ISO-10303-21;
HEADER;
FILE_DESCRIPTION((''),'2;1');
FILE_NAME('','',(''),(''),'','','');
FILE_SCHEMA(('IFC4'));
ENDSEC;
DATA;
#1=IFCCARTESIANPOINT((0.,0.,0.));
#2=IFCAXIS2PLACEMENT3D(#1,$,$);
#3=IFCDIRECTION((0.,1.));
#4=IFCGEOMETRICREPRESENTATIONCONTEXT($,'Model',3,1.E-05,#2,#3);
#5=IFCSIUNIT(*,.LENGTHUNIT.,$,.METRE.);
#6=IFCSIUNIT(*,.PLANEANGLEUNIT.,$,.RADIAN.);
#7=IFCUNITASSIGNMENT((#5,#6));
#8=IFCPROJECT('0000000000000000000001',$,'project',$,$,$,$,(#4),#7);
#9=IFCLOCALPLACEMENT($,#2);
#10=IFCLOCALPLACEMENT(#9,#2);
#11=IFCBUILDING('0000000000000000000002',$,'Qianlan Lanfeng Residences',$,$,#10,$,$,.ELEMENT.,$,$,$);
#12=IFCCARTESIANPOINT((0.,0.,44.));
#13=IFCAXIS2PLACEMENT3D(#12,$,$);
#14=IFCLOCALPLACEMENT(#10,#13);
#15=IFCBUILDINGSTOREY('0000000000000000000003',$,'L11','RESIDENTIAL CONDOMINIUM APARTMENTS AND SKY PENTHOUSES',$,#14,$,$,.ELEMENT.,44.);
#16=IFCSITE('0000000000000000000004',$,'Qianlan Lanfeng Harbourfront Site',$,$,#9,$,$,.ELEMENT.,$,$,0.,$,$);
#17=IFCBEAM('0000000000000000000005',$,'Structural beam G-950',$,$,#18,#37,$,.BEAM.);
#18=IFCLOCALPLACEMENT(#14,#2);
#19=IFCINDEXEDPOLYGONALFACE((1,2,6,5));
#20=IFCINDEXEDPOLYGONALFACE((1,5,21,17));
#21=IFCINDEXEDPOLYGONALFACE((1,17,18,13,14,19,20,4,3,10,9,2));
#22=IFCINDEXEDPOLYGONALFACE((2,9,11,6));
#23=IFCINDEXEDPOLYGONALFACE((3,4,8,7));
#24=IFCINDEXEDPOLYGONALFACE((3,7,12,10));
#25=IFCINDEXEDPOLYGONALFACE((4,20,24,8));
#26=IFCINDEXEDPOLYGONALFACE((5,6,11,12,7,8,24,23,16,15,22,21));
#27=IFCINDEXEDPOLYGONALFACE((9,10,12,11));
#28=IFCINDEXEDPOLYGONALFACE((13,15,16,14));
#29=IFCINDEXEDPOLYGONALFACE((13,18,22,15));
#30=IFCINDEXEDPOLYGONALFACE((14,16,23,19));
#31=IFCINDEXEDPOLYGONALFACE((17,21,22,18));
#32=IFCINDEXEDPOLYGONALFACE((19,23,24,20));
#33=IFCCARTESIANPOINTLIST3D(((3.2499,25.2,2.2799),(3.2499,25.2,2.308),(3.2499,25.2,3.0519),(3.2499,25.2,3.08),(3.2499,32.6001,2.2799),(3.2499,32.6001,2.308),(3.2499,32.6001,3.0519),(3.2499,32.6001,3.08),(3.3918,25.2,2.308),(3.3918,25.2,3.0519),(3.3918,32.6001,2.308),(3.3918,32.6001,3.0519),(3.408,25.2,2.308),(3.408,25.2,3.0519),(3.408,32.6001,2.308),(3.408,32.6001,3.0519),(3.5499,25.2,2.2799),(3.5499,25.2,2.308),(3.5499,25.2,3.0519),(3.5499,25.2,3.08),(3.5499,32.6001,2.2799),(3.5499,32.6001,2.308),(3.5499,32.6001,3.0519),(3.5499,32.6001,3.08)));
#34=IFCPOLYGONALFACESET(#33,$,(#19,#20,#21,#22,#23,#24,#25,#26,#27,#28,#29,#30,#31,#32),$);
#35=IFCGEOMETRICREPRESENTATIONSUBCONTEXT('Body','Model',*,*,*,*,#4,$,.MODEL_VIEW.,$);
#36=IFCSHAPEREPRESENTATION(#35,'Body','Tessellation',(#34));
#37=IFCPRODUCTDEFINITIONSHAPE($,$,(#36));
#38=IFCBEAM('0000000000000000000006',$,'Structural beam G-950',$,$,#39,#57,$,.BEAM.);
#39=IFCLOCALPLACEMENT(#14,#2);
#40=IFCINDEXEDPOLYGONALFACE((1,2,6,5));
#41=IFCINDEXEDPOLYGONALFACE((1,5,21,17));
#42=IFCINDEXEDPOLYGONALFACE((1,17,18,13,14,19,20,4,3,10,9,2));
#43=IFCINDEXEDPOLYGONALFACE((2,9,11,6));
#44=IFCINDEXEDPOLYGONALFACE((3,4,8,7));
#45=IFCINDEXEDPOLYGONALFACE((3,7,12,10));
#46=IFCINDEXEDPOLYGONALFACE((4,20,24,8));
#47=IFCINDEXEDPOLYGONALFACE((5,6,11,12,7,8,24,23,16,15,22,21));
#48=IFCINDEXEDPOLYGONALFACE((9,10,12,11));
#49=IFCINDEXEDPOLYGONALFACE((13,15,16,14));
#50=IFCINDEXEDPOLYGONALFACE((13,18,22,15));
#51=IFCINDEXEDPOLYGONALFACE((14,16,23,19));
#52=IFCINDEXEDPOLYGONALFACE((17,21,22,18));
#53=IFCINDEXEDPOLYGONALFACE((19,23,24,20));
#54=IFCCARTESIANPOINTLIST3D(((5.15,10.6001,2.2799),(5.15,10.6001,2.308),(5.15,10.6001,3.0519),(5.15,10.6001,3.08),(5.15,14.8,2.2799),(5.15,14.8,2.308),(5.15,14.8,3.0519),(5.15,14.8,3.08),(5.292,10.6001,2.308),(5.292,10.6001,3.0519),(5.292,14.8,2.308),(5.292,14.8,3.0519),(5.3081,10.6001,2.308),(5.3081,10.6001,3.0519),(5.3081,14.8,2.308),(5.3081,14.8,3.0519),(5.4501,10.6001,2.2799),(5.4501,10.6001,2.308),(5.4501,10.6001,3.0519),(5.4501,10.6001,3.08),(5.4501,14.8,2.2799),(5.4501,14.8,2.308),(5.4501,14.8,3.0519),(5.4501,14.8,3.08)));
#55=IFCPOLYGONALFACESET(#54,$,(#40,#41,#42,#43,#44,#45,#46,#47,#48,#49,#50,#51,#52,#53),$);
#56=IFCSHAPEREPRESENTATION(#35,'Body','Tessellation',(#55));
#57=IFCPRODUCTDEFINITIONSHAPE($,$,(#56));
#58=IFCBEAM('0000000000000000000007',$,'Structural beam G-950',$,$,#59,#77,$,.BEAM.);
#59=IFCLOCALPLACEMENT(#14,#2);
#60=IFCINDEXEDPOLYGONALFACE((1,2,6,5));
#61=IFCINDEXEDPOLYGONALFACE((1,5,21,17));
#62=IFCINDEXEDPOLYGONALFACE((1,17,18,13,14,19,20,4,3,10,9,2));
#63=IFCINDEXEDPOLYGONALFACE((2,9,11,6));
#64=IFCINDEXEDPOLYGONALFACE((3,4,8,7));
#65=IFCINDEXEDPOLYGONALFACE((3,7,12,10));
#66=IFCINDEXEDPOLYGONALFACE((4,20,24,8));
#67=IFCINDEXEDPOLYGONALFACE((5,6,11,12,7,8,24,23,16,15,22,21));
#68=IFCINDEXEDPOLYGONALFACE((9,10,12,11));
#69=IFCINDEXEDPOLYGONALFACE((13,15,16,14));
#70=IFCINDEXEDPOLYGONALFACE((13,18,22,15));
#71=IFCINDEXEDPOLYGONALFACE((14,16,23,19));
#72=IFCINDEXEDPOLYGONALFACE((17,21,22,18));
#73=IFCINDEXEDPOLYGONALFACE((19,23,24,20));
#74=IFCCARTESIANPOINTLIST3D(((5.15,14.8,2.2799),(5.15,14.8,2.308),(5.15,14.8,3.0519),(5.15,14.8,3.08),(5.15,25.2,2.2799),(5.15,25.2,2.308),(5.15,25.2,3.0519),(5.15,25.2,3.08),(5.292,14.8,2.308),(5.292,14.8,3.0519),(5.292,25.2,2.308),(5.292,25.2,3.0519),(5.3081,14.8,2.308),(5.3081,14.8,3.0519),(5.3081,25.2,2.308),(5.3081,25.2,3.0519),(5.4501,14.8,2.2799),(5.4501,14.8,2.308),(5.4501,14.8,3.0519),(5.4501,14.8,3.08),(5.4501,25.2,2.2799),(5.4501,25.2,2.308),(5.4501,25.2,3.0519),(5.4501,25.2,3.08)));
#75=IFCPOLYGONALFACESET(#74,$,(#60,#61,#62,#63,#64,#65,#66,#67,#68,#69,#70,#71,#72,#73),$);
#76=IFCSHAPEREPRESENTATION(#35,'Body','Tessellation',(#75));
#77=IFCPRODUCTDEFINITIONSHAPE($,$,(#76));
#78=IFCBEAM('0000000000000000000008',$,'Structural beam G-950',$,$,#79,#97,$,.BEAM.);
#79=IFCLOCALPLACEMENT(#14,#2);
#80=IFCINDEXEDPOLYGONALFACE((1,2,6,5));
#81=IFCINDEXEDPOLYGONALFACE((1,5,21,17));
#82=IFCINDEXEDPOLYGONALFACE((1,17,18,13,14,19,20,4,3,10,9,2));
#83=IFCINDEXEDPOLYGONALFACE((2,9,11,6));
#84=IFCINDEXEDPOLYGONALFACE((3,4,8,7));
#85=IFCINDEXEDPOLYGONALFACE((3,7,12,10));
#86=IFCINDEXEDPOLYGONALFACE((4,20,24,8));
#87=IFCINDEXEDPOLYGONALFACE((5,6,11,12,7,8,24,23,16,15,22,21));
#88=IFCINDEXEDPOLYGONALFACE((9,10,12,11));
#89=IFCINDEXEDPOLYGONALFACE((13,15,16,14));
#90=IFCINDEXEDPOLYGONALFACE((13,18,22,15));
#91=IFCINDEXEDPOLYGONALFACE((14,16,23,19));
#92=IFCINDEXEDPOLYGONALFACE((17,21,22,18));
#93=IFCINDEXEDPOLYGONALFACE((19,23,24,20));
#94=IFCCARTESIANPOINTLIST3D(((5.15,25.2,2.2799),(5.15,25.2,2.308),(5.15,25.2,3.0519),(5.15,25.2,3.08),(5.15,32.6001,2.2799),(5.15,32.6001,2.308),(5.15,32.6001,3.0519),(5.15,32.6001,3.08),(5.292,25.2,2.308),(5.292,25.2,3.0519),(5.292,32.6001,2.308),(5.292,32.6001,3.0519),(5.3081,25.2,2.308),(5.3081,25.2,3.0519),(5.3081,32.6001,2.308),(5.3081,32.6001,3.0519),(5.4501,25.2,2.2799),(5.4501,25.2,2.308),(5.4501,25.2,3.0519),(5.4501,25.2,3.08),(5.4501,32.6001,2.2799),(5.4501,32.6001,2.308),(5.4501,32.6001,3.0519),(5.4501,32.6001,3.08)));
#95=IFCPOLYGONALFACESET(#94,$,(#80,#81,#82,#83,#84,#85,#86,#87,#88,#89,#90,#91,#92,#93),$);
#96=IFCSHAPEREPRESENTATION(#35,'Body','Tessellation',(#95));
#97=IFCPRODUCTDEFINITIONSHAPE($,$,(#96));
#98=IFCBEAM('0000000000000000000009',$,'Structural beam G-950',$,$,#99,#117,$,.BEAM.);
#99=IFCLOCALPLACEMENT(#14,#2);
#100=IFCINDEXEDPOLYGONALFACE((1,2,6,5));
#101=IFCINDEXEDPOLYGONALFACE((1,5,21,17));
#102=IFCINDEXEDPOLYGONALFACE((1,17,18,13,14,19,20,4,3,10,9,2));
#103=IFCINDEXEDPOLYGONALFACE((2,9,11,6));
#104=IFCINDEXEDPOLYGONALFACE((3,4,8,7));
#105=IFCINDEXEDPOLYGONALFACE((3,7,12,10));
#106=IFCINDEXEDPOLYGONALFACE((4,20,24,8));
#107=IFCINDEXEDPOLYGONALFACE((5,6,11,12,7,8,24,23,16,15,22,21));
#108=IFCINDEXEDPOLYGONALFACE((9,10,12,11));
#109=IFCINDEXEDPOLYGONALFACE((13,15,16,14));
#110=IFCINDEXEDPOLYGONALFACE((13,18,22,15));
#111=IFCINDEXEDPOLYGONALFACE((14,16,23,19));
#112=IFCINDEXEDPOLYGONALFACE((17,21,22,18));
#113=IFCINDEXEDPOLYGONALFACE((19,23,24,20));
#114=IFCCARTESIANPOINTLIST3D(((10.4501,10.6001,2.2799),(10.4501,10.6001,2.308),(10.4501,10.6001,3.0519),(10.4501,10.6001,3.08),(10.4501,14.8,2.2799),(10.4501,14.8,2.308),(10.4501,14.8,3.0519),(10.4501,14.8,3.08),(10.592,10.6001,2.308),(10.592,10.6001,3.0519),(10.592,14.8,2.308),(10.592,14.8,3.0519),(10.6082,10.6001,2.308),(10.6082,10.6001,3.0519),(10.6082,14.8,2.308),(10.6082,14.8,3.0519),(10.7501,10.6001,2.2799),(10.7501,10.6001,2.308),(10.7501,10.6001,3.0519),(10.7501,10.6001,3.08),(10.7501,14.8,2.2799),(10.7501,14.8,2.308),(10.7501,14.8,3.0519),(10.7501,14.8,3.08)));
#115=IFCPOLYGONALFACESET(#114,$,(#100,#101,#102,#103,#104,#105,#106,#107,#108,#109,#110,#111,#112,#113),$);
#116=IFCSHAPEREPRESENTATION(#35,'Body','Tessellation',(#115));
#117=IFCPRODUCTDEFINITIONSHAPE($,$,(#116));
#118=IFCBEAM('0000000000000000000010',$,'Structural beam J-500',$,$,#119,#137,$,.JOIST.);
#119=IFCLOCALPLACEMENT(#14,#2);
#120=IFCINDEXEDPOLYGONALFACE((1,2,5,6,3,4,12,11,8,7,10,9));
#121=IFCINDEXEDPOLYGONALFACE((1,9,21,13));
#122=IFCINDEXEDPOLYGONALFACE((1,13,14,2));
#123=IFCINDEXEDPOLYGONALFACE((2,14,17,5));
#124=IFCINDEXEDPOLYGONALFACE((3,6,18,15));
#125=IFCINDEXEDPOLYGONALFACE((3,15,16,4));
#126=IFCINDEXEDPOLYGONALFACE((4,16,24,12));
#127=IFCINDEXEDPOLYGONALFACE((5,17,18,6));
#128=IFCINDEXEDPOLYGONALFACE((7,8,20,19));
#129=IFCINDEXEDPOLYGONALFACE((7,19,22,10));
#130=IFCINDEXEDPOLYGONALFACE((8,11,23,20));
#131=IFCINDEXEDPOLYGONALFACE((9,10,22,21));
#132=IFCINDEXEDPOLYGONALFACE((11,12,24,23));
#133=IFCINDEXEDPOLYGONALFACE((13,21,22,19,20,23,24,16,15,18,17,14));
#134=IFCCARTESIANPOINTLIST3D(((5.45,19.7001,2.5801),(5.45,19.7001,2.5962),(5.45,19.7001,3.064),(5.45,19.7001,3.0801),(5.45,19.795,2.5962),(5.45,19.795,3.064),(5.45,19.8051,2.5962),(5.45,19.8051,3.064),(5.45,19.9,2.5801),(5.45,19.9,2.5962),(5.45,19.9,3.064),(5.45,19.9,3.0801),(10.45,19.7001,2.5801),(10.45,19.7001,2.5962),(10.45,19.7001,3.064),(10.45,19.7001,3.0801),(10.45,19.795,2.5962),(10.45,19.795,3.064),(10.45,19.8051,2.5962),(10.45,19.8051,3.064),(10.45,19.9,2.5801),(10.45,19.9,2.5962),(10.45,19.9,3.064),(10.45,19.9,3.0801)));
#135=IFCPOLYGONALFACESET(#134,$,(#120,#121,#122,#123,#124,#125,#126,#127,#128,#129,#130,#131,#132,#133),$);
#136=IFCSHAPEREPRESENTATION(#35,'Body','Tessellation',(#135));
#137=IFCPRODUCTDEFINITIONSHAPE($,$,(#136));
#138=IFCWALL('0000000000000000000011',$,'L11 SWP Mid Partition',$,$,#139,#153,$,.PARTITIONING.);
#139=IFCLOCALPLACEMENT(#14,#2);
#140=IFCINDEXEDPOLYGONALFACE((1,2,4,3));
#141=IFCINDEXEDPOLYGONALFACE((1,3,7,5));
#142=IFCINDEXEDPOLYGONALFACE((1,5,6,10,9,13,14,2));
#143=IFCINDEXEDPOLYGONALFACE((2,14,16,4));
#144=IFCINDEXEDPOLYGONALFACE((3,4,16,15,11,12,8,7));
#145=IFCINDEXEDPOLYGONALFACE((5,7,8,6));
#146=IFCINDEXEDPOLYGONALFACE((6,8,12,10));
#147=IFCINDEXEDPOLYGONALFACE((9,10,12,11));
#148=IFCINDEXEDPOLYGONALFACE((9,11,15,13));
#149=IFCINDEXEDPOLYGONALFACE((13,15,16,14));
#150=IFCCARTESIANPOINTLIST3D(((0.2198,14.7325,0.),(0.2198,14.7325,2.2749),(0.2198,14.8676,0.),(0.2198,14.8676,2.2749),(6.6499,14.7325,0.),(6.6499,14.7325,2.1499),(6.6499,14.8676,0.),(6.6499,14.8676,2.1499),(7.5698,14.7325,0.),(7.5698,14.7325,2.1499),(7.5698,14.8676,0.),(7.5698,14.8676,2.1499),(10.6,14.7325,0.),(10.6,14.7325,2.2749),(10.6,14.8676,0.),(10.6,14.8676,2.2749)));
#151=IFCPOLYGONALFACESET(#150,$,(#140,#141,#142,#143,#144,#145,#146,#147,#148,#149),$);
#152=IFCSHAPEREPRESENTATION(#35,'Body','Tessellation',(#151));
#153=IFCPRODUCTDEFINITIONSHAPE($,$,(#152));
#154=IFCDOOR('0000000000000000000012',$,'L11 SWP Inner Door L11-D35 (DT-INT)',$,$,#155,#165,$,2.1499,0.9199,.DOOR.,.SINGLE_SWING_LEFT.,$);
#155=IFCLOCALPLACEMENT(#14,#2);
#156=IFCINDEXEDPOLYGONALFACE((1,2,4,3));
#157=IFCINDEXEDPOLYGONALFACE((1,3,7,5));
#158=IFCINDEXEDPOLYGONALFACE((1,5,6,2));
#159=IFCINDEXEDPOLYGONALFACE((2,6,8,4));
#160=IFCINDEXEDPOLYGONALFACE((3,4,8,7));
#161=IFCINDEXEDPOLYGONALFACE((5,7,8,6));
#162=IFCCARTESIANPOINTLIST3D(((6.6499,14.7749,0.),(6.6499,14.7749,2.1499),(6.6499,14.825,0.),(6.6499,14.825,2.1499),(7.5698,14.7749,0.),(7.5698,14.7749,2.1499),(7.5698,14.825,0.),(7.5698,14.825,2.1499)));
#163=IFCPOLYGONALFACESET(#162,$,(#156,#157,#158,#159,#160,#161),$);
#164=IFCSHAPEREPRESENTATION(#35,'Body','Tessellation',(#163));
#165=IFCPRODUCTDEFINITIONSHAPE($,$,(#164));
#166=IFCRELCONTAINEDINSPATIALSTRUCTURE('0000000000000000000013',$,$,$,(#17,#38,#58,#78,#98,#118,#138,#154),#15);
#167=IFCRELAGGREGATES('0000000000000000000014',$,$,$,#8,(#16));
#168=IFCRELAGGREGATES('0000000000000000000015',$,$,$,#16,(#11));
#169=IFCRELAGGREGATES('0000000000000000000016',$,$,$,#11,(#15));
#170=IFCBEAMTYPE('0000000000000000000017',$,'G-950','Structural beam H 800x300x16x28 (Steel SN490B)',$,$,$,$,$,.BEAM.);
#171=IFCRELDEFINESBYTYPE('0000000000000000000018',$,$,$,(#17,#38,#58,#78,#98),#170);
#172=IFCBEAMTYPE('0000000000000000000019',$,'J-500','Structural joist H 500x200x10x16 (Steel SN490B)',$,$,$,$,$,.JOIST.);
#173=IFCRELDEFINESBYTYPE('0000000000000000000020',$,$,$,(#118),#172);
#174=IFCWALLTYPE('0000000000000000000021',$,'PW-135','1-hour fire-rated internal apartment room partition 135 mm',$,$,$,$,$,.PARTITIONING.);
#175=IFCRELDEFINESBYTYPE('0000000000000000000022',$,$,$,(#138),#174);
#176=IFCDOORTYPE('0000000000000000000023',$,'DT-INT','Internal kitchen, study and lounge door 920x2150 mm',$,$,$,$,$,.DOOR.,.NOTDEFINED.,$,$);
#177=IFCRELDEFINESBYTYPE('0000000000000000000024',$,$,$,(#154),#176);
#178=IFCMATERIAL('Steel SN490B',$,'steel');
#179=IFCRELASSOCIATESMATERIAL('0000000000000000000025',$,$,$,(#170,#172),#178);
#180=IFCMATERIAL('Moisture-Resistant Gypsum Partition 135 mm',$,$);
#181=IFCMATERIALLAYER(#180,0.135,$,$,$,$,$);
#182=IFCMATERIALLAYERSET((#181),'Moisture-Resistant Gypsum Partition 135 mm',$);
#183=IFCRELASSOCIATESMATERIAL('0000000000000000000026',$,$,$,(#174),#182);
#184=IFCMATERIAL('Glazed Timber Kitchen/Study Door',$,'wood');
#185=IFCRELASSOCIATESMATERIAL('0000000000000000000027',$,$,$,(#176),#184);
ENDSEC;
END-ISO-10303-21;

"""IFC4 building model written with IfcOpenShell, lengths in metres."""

from ifc_helpers import new_model, si_unit, direction, frame, frame_2d, origin, origin_2d, place, context, subcontext, project, spatial, rectangle, i_section, extrude, material, layer, layer_set, material_profile, profile_set, type_object, element, fill, save


model = new_model("IFC4")

# Units and contexts
model_context = context("Model", 3, precision=1e-05, world=origin(), true_north=direction((0.0, 1.0)))
body_context = subcontext(model_context, "Body", "Model", "MODEL_VIEW")
ifc_project = project(units=[si_unit("LENGTHUNIT", "METRE"), si_unit("PLANEANGLEUNIT", "RADIAN")], contexts=[model_context])

# Site, building, storey
site_placement = place(None, origin())
site = spatial("IfcSite", under=ifc_project, at=site_placement, Name="Qianlan Lanfeng Harbourfront Site", CompositionType="ELEMENT", RefElevation=0.0)
building_placement = place(site_placement, origin())
building = spatial("IfcBuilding", under=site, at=building_placement, Name="Qianlan Lanfeng Residences", CompositionType="ELEMENT")
storey_placement = place(building_placement, frame((0.0, 0.0, 44.0)))
storey = spatial("IfcBuildingStorey", under=building, at=storey_placement, Name="L11", Description="RESIDENTIAL CONDOMINIUM APARTMENTS AND SKY PENTHOUSES", CompositionType="ELEMENT", Elevation=44.0)

# Beams
ifc_material_1 = material(Name="Steel SN490B", Category="steel")
ifc_material_profile_1 = material_profile(ifc_material_1, i_section(OverallWidth=0.3, OverallDepth=0.8, WebThickness=0.0161, FlangeThickness=0.0281, at=origin_2d()), Name="H 800x300x16x28")
ifc_profile_set_1 = profile_set([ifc_material_profile_1], Name="Steel SN490B")
beam_type_1 = type_object("IfcBeamType", Name="G-950", Description="Structural beam H 800x300x16x28 (Steel SN490B)", PredefinedType="BEAM", material=ifc_profile_set_1)
beam_1_placement = place(storey_placement, frame((3.3999, 25.2, 2.6799), z_axis=(0.0, 1.0, 0.0), x_axis=(-1.0, 0.0, 0.0)))
element("IfcBeam", 1, at=beam_1_placement, inside=storey, type_object=beam_type_1, Name="Structural beam G-950", PredefinedType="BEAM", context=body_context, shape_type="SweptSolid", body=[
    extrude(i_section(OverallWidth=0.3, OverallDepth=0.8, WebThickness=0.0161, FlangeThickness=0.0281, at=origin_2d()), origin(), (0.0, 0.0, 1.0), 7.4001),
])
beam_2_placement = place(storey_placement, frame((5.3, 10.6001, 2.6799), z_axis=(0.0, 1.0, 0.0), x_axis=(-1.0, 0.0, 0.0)))
element("IfcBeam", 2, at=beam_2_placement, inside=storey, type_object=beam_type_1, Name="Structural beam G-950", PredefinedType="BEAM", context=body_context, shape_type="SweptSolid", body=[
    extrude(i_section(OverallWidth=0.3, OverallDepth=0.8, WebThickness=0.0161, FlangeThickness=0.0281, at=origin_2d()), origin(), (0.0, 0.0, 1.0), 4.2),
])
beam_3_placement = place(storey_placement, frame((5.3, 14.8, 2.6799), z_axis=(0.0, 1.0, 0.0), x_axis=(-1.0, 0.0, 0.0)))
element("IfcBeam", 3, at=beam_3_placement, inside=storey, type_object=beam_type_1, Name="Structural beam G-950", PredefinedType="BEAM", context=body_context, shape_type="SweptSolid", body=[
    extrude(i_section(OverallWidth=0.3, OverallDepth=0.8, WebThickness=0.0161, FlangeThickness=0.0281, at=origin_2d()), origin(), (0.0, 0.0, 1.0), 10.3999),
])
beam_4_placement = place(storey_placement, frame((5.3, 25.2, 2.6799), z_axis=(0.0, 1.0, 0.0), x_axis=(-1.0, 0.0, 0.0)))
element("IfcBeam", 4, at=beam_4_placement, inside=storey, type_object=beam_type_1, Name="Structural beam G-950", PredefinedType="BEAM", context=body_context, shape_type="SweptSolid", body=[
    extrude(i_section(OverallWidth=0.3, OverallDepth=0.8, WebThickness=0.0161, FlangeThickness=0.0281, at=origin_2d()), origin(), (0.0, 0.0, 1.0), 7.4001),
])
beam_5_placement = place(storey_placement, frame((10.6001, 10.6001, 2.6799), z_axis=(0.0, 1.0, 0.0), x_axis=(-1.0, 0.0, 0.0)))
element("IfcBeam", 5, at=beam_5_placement, inside=storey, type_object=beam_type_1, Name="Structural beam G-950", PredefinedType="BEAM", context=body_context, shape_type="SweptSolid", body=[
    extrude(i_section(OverallWidth=0.3, OverallDepth=0.8, WebThickness=0.0161, FlangeThickness=0.0281, at=origin_2d()), origin(), (0.0, 0.0, 1.0), 4.2),
])
ifc_material_profile_2 = material_profile(ifc_material_1, i_section(OverallWidth=0.2, OverallDepth=0.5, WebThickness=0.01, FlangeThickness=0.0161, at=origin_2d()), Name="H 500x200x10x16")
ifc_profile_set_2 = profile_set([ifc_material_profile_2], Name="Steel SN490B")
beam_type_2 = type_object("IfcBeamType", Name="J-500", Description="Structural joist H 500x200x10x16 (Steel SN490B)", PredefinedType="JOIST", material=ifc_profile_set_2)
beam_6_placement = place(storey_placement, frame((5.45, 19.8, 2.8301), z_axis=(1.0, 0.0, 0.0), x_axis=(0.0, 1.0, 0.0)))
element("IfcBeam", 6, at=beam_6_placement, inside=storey, type_object=beam_type_2, Name="Structural beam J-500", PredefinedType="JOIST", context=body_context, shape_type="SweptSolid", body=[
    extrude(i_section(OverallWidth=0.2, OverallDepth=0.5, WebThickness=0.01, FlangeThickness=0.0161, at=origin_2d()), origin(), (0.0, 0.0, 1.0), 5.0),
])

# Wall, opening, door
ifc_material_2 = material(Name="Moisture-Resistant Gypsum Partition 135 mm")
ifc_layer_1 = layer(ifc_material_2, 0.135)
ifc_layer_set_1 = layer_set([ifc_layer_1], Name="Moisture-Resistant Gypsum Partition 135 mm")
wall_type_1 = type_object("IfcWallType", Name="PW-135", Description="1-hour fire-rated internal apartment room partition 135 mm", PredefinedType="PARTITIONING", material=ifc_layer_set_1)
wall_1_placement = place(storey_placement, frame((0.22, 14.8, 0.0), z_axis=(0.0, 0.0, 1.0), x_axis=(1.0, 0.0, 0.0)))
wall_1 = element("IfcWall", 7, at=wall_1_placement, inside=storey, type_object=wall_type_1, Name="L11 SWP Mid Partition", PredefinedType="PARTITIONING", context=body_context, shape_type="SweptSolid", body=[
    extrude(rectangle(XDim=10.3801, YDim=0.135, at=frame_2d((5.1899, 0.0))), origin(), (0.0, 0.0, 1.0), 2.2749),
])
opening_1_placement = place(wall_1_placement, frame((6.4299, 0.0, 0.0)))
opening_1 = element("IfcOpeningElement", 8, at=opening_1_placement, cuts=wall_1, PredefinedType="OPENING", context=body_context, shape_type="SweptSolid", body=[
    extrude(rectangle(XDim=0.9199, YDim=2.1499, at=frame_2d((0.46, 1.075))), frame((0.0, 0.0776, 0.0), z_axis=(0.0, -1.0, 0.0), x_axis=(1.0, 0.0, 0.0)), (0.0, 0.0, 1.0), 0.155),
])
ifc_material_3 = material(Name="Glazed Timber Kitchen/Study Door", Category="wood")
door_type_1 = type_object("IfcDoorType", Name="DT-INT", Description="Internal kitchen, study and lounge door 920x2150 mm", OperationType="NOTDEFINED", PredefinedType="DOOR", material=ifc_material_3)
door_1_placement = place(opening_1_placement, origin())
door_1 = element("IfcDoor", 9, at=door_1_placement, inside=storey, type_object=door_type_1, Name="L11 SWP Inner Door L11-D35 (DT-INT)", OperationType="SINGLE_SWING_LEFT", OverallHeight=2.1499, OverallWidth=0.9199, PredefinedType="DOOR", context=body_context, shape_type="SweptSolid", body=[
    extrude(rectangle(XDim=0.9199, YDim=2.1499, at=frame_2d((0.46, 1.075))), frame((0.0, 0.0249, 0.0), z_axis=(0.0, -1.0, 0.0), x_axis=(1.0, 0.0, 0.0)), (0.0, 0.0, 1.0), 0.05),
])
fill(opening_1, door_1)

save(model, "model.ifc")
